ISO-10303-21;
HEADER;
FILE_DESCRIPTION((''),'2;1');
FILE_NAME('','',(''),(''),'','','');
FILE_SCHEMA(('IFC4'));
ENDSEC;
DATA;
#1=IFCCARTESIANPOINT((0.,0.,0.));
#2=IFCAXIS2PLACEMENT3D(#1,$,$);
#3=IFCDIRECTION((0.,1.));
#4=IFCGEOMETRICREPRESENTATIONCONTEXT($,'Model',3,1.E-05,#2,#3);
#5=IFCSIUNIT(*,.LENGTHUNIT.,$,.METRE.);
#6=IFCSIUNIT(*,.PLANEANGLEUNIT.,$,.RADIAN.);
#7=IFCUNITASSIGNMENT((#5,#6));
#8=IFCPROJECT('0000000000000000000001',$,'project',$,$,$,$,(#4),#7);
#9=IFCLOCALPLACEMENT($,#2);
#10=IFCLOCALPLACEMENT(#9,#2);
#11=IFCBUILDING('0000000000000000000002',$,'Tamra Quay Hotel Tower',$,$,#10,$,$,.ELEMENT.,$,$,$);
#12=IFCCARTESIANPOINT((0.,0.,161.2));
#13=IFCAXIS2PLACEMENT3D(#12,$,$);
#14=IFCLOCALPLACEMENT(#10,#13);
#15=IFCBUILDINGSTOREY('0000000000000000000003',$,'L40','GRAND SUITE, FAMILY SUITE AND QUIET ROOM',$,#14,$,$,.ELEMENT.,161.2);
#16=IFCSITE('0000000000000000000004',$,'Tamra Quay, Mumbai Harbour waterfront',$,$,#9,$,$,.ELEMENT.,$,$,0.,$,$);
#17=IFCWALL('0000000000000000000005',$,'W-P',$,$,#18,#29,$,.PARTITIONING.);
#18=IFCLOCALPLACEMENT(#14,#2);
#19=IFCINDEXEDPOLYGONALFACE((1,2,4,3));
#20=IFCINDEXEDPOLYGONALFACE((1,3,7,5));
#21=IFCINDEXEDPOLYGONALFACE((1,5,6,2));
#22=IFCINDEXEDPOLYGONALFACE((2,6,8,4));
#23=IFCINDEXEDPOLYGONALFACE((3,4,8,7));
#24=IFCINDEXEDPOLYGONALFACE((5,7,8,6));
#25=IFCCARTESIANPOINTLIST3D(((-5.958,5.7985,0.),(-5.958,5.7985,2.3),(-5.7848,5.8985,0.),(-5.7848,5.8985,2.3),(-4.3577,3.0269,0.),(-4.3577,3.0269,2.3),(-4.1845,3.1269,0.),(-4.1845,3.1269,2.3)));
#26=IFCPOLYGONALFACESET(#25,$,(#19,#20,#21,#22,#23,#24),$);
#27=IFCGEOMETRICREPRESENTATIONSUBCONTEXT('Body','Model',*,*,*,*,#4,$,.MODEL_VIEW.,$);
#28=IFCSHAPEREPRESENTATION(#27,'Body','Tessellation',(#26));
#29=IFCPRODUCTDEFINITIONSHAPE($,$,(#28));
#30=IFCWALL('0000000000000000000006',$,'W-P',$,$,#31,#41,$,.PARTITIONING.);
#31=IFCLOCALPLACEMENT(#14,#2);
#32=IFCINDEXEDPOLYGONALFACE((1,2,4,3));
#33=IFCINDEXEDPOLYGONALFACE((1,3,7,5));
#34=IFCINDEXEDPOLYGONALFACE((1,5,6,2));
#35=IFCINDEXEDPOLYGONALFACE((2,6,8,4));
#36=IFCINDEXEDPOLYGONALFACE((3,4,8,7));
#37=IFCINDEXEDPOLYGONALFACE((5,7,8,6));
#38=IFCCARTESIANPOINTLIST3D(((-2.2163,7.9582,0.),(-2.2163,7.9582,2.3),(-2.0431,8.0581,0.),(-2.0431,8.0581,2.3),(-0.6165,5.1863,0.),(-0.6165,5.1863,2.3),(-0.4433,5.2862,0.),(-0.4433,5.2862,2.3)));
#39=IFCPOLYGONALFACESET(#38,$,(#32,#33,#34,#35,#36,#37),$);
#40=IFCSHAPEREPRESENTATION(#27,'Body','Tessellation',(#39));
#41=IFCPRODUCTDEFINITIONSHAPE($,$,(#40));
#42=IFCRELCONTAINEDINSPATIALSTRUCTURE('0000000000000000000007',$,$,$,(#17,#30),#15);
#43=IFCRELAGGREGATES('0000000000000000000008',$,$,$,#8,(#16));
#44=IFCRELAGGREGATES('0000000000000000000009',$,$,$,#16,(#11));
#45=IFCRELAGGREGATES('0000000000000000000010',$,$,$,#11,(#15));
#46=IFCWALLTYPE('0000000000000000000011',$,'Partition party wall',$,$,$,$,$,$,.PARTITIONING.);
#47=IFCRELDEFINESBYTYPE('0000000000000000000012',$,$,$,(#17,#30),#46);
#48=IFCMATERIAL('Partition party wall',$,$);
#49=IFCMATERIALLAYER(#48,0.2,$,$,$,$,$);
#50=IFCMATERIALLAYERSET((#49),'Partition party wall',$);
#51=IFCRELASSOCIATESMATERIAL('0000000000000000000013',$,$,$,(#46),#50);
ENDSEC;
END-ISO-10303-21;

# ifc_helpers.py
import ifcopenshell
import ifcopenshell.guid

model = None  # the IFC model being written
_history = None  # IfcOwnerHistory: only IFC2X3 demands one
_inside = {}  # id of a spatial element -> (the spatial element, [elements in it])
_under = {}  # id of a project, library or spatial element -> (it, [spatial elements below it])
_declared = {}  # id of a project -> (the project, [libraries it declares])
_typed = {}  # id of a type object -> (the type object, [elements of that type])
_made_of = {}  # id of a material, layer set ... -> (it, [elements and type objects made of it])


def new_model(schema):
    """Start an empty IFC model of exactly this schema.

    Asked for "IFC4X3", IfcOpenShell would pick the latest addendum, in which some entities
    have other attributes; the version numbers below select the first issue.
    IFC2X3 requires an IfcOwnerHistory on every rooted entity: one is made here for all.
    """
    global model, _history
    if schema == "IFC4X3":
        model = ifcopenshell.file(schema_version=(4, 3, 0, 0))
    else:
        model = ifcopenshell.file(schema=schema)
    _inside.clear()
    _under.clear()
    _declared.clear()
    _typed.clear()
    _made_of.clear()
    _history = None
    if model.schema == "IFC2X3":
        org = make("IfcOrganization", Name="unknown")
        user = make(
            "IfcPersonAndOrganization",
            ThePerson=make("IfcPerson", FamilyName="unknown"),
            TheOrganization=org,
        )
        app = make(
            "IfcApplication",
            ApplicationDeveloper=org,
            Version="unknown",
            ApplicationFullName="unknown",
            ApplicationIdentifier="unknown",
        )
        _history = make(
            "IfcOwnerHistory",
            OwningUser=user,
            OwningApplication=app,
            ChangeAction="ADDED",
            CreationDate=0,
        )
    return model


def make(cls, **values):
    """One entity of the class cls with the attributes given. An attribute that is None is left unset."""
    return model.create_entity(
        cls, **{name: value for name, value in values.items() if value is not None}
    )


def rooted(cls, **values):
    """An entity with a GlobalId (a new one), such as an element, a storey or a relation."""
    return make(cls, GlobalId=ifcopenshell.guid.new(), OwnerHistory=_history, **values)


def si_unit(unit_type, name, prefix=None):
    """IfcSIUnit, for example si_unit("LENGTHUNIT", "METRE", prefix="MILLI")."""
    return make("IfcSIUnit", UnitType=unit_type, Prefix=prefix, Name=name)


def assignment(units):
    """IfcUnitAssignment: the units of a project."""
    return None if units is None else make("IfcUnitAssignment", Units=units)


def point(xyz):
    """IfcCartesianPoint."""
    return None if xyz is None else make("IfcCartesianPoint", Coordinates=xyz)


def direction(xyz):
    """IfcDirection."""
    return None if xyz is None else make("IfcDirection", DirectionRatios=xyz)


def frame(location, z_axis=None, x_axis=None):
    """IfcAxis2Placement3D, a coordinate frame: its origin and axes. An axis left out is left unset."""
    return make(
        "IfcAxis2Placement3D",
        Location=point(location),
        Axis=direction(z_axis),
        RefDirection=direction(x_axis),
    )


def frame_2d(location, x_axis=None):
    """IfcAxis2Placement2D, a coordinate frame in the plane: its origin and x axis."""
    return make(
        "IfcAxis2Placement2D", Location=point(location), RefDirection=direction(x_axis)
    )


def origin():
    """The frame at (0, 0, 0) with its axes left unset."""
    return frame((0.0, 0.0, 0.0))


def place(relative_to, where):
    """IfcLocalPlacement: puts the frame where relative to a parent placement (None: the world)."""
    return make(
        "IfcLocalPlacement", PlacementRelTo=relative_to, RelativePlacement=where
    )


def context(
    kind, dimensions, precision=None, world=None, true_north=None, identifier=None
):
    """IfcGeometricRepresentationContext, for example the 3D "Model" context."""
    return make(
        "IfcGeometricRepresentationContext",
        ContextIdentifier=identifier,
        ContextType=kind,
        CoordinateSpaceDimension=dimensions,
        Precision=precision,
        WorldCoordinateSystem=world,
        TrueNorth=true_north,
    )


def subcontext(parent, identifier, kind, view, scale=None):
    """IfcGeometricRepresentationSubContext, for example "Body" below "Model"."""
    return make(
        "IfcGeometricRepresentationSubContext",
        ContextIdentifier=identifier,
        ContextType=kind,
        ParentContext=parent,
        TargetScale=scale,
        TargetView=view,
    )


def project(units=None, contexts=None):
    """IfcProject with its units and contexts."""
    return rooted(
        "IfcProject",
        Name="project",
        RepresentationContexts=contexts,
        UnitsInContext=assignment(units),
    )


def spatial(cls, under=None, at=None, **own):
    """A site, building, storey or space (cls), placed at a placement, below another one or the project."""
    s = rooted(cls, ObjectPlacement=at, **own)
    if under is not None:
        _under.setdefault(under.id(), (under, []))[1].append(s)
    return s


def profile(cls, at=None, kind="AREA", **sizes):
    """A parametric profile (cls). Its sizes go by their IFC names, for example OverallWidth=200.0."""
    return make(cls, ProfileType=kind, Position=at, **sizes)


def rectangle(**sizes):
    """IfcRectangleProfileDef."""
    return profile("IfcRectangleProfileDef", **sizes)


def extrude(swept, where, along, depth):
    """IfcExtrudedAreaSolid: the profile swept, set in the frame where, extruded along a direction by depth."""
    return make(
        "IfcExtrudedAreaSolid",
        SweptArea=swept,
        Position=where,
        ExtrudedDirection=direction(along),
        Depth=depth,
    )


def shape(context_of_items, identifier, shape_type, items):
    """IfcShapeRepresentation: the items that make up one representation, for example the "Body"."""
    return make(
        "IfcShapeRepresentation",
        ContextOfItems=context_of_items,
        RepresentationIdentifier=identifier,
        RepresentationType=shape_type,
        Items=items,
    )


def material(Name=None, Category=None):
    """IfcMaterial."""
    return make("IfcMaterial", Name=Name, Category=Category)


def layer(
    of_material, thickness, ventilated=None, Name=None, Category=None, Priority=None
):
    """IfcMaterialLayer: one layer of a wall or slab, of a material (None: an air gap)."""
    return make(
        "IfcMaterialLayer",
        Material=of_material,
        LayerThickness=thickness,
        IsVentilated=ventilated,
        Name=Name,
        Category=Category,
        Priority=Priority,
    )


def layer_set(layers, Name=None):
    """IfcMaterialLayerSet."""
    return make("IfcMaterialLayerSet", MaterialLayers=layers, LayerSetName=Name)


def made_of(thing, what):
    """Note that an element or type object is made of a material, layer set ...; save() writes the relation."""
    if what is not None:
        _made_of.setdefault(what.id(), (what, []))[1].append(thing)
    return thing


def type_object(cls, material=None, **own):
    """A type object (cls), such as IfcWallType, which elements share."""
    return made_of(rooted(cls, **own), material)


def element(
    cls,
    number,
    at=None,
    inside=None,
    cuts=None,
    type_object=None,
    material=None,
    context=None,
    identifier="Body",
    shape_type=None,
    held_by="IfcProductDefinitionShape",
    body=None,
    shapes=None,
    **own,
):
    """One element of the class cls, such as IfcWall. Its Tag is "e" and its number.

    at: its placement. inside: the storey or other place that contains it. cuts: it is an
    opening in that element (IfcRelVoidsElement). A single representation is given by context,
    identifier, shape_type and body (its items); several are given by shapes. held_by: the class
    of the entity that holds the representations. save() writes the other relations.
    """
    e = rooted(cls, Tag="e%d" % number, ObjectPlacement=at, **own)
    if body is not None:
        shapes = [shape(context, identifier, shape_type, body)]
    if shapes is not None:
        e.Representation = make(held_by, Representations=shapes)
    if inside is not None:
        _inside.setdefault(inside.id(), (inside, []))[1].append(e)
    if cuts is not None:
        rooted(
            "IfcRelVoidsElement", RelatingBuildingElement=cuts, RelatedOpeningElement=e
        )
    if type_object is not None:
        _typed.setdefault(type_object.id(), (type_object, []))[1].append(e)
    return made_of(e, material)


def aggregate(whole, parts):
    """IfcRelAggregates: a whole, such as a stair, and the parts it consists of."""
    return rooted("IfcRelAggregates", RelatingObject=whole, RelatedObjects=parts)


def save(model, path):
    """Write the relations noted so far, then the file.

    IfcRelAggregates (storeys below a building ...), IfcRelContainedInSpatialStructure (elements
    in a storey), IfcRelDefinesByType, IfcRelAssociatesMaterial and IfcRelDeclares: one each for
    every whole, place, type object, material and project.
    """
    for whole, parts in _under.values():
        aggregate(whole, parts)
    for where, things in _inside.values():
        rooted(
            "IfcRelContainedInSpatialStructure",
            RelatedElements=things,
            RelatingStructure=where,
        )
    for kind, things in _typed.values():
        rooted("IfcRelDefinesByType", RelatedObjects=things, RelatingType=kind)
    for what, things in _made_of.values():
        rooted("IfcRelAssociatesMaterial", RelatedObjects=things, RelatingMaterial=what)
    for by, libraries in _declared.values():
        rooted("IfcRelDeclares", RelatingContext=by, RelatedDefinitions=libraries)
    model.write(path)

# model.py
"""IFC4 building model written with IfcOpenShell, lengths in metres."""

from ifc_helpers import new_model, si_unit, direction, frame, frame_2d, origin, place, context, subcontext, project, spatial, rectangle, extrude, material, layer, layer_set, type_object, element, save


model = new_model("IFC4")

# Units and contexts
model_context = context("Model", 3, precision=1e-05, world=origin(), true_north=direction((0.0, 1.0)))
body_context = subcontext(model_context, "Body", "Model", "MODEL_VIEW")
ifc_project = project(units=[si_unit("LENGTHUNIT", "METRE"), si_unit("PLANEANGLEUNIT", "RADIAN")], contexts=[model_context])

# Site, building, storey
site_placement = place(None, origin())
site = spatial("IfcSite", under=ifc_project, at=site_placement, Name="Tamra Quay, Mumbai Harbour waterfront", CompositionType="ELEMENT", RefElevation=0.0)
building_placement = place(site_placement, origin())
building = spatial("IfcBuilding", under=site, at=building_placement, Name="Tamra Quay Hotel Tower", CompositionType="ELEMENT")
storey_placement = place(building_placement, frame((0.0, 0.0, 161.2)))
storey = spatial("IfcBuildingStorey", under=building, at=storey_placement, Name="L40", Description="GRAND SUITE, FAMILY SUITE AND QUIET ROOM", CompositionType="ELEMENT", Elevation=161.2)

# Walls
ifc_material_1 = material(Name="Partition party wall")
ifc_layer_1 = layer(ifc_material_1, 0.2)
ifc_layer_set_1 = layer_set([ifc_layer_1], Name="Partition party wall")
wall_type_1 = type_object("IfcWallType", Name="Partition party wall", PredefinedType="PARTITIONING", material=ifc_layer_set_1)
for number, where, z_axis, x_axis, name in (
    (1, (-5.8713, 5.8484, 0.0), (0.0, 0.0, 1.0), (0.50002, -0.866014, 0.0), "W-P"),
    (2, (-2.1296, 8.0081, 0.0), (0.0, 0.0, 1.0), (0.499872, -0.866099, 0.0), "W-P"),
):
    element("IfcWall", number, at=place(storey_placement, frame(where, z_axis=z_axis, x_axis=x_axis)), inside=storey, type_object=wall_type_1, Name=name, PredefinedType="PARTITIONING", context=body_context, shape_type="SweptSolid", body=[
        extrude(rectangle(XDim=3.2004, YDim=0.2, at=frame_2d((1.6001, 0.0))), origin(), (0.0, 0.0, 1.0), 2.3),
    ])

save(model, "model.ifc")
